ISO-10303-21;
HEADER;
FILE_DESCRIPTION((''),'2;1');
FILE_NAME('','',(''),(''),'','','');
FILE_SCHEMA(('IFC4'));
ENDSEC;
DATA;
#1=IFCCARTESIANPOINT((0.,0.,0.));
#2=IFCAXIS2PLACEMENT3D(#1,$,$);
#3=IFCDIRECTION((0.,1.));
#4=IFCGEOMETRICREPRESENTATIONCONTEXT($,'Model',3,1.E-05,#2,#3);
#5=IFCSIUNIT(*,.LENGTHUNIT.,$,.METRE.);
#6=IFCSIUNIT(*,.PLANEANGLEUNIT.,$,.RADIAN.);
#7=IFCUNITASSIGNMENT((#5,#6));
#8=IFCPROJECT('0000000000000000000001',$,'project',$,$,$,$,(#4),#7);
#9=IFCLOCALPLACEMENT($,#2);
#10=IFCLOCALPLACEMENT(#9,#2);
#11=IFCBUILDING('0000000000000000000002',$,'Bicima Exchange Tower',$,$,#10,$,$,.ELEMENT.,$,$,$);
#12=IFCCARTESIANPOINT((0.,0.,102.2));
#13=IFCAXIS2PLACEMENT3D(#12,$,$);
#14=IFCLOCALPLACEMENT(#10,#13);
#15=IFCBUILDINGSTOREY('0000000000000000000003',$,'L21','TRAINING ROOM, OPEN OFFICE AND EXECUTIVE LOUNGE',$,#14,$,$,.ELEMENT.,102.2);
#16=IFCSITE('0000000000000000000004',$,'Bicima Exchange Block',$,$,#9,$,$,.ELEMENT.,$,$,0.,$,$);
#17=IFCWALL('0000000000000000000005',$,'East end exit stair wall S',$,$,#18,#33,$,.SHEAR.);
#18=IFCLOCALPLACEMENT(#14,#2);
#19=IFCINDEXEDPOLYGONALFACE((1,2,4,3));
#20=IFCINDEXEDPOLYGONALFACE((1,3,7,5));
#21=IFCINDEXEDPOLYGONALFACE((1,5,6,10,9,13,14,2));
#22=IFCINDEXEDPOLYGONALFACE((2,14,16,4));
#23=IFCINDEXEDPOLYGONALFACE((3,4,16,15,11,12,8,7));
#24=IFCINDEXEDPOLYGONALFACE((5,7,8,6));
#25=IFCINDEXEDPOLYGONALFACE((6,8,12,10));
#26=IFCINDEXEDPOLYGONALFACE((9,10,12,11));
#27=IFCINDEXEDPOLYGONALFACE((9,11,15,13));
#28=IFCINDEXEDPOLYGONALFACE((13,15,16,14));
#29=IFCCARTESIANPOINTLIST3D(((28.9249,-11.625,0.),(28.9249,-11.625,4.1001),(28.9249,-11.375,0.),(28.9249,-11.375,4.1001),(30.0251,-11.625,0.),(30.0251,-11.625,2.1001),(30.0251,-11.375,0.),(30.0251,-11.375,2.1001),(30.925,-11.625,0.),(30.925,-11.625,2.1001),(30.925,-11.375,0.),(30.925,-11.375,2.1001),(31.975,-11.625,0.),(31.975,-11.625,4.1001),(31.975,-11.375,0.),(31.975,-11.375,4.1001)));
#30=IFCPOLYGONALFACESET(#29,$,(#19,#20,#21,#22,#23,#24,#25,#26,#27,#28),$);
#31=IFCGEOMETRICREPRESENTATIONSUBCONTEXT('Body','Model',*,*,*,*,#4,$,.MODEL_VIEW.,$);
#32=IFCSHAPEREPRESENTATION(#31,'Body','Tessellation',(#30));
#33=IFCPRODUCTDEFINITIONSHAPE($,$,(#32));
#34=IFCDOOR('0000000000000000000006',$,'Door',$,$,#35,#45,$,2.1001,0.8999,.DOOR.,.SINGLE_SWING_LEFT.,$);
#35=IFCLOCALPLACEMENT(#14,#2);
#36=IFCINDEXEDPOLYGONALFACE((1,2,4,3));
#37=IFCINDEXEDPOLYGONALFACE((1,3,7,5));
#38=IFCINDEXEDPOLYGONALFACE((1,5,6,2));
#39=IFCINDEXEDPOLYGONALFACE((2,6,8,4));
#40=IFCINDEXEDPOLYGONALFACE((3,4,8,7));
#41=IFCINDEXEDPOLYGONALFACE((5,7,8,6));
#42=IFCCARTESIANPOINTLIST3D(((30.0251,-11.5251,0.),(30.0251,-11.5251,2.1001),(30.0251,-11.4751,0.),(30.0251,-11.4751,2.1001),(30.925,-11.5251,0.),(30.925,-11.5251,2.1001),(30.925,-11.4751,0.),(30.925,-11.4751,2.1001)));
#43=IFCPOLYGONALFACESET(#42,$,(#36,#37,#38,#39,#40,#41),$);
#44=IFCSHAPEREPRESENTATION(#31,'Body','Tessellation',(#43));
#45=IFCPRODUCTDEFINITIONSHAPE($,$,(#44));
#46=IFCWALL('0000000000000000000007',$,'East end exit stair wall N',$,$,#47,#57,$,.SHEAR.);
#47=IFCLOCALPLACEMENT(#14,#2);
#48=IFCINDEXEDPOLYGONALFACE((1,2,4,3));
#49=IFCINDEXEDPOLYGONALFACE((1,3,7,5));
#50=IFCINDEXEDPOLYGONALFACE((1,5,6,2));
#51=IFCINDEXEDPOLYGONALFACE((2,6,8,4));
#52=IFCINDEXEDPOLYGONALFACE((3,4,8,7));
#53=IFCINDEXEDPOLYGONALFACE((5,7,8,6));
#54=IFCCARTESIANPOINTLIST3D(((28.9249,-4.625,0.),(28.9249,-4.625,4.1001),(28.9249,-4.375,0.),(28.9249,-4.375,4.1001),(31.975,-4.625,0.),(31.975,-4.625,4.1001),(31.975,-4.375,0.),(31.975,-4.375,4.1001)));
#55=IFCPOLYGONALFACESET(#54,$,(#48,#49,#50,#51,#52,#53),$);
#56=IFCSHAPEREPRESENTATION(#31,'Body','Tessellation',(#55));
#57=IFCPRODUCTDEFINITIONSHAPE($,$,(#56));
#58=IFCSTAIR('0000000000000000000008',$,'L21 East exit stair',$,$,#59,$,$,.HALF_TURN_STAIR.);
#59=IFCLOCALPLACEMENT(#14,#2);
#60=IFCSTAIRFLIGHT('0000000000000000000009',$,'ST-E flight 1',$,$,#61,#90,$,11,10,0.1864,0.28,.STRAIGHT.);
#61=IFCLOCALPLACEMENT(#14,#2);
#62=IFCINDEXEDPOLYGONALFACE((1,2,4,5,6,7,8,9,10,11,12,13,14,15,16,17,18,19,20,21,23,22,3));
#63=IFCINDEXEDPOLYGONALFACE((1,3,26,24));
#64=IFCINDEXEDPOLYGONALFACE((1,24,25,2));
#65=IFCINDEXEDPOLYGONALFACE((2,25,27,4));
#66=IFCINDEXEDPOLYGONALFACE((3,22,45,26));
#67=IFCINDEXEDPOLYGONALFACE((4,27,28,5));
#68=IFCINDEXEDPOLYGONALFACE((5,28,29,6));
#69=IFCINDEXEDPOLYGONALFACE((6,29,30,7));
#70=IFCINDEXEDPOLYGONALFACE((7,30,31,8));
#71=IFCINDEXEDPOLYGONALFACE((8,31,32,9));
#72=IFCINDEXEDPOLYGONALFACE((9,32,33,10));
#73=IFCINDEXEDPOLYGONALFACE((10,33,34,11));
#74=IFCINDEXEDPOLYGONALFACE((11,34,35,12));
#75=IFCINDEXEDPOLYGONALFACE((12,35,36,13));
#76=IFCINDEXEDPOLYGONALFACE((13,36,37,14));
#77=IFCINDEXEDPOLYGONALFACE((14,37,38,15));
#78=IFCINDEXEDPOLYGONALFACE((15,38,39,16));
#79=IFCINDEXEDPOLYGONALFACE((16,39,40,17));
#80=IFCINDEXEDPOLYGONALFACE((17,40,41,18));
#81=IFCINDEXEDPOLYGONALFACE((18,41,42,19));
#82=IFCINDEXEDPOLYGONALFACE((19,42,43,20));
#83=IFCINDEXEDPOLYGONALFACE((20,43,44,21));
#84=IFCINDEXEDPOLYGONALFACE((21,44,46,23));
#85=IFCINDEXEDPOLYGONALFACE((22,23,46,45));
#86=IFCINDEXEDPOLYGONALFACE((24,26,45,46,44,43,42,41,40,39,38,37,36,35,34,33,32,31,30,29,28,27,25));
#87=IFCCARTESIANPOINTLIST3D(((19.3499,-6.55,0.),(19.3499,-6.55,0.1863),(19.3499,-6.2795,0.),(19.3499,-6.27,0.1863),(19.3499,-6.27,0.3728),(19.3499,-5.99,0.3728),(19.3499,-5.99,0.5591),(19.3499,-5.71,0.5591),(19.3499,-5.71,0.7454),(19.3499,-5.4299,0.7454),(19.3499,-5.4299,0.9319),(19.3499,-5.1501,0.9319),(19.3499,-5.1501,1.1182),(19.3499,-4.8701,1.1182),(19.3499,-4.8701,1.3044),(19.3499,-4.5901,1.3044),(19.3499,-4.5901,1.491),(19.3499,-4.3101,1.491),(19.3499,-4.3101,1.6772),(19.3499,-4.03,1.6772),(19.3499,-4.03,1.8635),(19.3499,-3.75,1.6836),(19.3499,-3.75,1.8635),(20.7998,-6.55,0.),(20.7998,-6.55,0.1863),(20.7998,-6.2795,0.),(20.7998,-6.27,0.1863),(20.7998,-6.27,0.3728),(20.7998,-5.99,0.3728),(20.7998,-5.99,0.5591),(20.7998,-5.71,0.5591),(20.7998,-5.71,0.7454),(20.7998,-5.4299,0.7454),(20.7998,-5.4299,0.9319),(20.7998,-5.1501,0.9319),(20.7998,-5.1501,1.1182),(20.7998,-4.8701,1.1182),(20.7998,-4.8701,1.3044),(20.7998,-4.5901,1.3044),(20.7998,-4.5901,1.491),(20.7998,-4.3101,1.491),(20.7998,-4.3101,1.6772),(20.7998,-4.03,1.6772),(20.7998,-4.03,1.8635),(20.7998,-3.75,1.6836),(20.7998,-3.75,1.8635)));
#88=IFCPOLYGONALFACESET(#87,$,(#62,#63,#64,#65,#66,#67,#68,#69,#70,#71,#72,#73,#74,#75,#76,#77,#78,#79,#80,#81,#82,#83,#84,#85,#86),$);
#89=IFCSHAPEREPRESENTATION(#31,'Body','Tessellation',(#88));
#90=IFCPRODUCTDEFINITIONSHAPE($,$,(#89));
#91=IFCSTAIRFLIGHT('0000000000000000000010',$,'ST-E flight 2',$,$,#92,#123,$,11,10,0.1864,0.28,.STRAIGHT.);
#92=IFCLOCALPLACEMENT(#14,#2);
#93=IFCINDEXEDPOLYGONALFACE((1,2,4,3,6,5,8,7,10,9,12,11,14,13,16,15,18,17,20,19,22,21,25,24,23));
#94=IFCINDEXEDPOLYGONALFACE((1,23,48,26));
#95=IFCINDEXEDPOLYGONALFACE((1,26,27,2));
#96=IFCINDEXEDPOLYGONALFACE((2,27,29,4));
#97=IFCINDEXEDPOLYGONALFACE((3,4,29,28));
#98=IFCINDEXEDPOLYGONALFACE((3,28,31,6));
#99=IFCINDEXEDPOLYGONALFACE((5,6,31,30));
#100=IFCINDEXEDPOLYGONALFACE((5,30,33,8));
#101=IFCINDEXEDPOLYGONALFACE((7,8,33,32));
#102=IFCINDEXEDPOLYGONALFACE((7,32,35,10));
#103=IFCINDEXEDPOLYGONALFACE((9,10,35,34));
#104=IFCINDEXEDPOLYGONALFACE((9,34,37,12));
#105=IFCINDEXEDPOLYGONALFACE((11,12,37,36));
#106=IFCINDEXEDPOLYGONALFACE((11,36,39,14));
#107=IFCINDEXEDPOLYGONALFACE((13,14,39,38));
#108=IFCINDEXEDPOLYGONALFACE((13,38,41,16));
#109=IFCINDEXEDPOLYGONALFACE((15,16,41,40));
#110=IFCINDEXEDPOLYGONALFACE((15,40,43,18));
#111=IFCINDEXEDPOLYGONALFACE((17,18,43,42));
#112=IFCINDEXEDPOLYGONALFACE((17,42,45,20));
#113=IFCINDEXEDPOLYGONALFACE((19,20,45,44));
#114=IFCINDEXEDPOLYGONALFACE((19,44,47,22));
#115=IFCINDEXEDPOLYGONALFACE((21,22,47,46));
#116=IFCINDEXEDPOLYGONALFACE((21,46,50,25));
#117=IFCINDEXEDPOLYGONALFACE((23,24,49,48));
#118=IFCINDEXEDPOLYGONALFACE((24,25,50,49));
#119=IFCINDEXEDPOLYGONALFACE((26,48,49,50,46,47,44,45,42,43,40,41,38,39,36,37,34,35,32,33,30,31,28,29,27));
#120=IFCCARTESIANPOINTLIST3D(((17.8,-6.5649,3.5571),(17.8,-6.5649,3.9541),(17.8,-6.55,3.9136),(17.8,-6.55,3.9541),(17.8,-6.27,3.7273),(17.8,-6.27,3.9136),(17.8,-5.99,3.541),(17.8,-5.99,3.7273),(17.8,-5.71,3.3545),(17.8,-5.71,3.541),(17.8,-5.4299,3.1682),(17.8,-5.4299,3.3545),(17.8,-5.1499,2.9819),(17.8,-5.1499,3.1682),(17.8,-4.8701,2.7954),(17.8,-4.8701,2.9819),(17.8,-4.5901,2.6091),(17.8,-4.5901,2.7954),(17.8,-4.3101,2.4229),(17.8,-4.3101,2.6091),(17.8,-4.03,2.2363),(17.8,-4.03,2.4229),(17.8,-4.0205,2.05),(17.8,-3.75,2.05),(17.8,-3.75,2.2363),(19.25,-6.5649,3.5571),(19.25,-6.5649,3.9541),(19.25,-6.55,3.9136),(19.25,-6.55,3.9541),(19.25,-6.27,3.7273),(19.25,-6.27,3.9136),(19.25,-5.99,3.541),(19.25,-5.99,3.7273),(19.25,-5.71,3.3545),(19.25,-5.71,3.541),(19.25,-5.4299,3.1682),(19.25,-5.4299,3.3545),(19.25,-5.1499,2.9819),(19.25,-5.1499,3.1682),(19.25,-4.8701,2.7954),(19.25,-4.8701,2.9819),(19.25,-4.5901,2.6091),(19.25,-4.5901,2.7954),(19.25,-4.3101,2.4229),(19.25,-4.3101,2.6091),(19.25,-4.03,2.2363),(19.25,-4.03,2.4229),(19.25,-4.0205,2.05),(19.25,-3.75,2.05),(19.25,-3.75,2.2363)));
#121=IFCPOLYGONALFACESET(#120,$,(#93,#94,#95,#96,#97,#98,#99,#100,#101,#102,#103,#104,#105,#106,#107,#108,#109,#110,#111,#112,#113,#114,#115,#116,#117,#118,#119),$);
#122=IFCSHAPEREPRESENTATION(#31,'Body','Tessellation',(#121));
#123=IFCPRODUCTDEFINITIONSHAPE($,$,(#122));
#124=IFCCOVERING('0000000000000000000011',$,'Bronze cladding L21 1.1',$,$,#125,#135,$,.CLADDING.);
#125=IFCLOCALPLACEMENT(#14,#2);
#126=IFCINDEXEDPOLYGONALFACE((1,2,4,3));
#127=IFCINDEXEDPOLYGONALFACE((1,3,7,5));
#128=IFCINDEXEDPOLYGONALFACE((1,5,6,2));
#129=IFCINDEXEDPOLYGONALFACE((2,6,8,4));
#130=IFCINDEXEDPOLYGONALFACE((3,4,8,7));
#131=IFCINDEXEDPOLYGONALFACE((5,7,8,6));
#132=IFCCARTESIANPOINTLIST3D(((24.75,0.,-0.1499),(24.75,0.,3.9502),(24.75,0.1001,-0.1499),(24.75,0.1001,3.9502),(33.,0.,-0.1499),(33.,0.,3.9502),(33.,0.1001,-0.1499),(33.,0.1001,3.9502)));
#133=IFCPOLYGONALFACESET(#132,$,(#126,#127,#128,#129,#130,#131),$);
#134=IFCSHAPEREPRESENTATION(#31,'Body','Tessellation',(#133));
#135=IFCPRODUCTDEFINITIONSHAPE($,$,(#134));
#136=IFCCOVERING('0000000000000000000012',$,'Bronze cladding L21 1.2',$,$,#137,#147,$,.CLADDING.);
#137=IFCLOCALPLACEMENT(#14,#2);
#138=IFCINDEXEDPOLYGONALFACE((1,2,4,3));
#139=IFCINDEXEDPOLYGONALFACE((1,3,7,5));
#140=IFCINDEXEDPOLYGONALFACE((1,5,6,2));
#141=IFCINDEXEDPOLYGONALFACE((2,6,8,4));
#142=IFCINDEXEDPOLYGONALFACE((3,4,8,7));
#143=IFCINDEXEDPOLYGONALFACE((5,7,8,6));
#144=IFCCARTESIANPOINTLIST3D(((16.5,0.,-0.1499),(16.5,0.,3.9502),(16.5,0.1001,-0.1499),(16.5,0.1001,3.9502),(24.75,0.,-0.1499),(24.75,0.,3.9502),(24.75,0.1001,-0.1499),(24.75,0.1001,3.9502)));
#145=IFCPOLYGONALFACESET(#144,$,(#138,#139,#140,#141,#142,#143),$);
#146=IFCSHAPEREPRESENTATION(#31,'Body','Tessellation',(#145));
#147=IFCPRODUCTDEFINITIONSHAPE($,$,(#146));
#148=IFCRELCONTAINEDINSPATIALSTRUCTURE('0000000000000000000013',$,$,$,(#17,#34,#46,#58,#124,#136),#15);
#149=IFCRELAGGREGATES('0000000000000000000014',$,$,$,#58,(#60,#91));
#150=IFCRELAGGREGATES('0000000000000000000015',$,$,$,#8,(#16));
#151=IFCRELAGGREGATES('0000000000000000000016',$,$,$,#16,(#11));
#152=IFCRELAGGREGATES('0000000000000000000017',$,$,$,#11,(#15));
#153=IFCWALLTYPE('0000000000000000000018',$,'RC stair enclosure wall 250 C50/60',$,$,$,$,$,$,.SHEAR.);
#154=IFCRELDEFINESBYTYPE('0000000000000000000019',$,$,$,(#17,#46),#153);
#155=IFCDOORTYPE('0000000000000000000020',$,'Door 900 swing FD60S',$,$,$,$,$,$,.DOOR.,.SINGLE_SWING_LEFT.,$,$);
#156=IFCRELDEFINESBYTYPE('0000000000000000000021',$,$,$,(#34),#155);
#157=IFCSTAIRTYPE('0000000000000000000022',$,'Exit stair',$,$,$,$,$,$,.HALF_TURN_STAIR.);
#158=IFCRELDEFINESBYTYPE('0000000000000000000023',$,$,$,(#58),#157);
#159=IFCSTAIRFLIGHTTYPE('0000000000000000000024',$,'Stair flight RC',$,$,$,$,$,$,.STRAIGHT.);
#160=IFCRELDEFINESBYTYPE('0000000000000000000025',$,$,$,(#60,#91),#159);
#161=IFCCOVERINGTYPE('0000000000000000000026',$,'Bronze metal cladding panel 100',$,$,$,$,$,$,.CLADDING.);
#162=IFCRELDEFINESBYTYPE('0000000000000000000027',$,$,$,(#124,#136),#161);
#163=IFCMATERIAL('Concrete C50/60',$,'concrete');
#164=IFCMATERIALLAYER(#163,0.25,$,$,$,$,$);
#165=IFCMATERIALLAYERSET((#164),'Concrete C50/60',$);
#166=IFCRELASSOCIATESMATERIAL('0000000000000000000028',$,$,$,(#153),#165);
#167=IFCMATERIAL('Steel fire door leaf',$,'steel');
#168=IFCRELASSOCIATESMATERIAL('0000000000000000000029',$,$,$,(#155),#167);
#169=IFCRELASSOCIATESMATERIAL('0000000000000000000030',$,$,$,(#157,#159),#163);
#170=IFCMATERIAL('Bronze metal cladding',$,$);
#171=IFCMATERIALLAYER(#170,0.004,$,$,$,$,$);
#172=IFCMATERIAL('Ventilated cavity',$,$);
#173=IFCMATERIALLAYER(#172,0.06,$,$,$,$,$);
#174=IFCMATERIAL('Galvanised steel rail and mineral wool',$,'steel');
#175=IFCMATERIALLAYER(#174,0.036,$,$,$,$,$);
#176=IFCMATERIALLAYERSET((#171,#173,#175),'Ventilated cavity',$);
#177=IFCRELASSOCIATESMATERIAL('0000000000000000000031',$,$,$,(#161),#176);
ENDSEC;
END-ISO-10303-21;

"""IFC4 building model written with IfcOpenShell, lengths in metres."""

from ifc_helpers import new_model, si_unit, direction, frame, frame_2d, origin, origin_2d, place, context, subcontext, project, spatial, polyline, rectangle, outline, extrude, material, layer, layer_set, type_object, element, fill, aggregate, save


model = new_model("IFC4")

# Units and contexts
model_context = context("Model", 3, precision=1e-05, world=origin(), true_north=direction((0.0, 1.0)))
body_context = subcontext(model_context, "Body", "Model", "MODEL_VIEW")
ifc_project = project(units=[si_unit("LENGTHUNIT", "METRE"), si_unit("PLANEANGLEUNIT", "RADIAN")], contexts=[model_context])

# Site, building, storey
site_placement = place(None, origin())
site = spatial("IfcSite", under=ifc_project, at=site_placement, Name="Bicima Exchange Block", CompositionType="ELEMENT", RefElevation=0.0)
building_placement = place(site_placement, origin())
building = spatial("IfcBuilding", under=site, at=building_placement, Name="Bicima Exchange Tower", CompositionType="ELEMENT")
storey_placement = place(building_placement, frame((0.0, 0.0, 102.2)))
storey = spatial("IfcBuildingStorey", under=building, at=storey_placement, Name="L21", Description="TRAINING ROOM, OPEN OFFICE AND EXECUTIVE LOUNGE", CompositionType="ELEMENT", Elevation=102.2)

# Shared definitions
ifc_material_1 = material(Name="Steel fire door leaf", Category="steel")

# Shared definitions
ifc_material_2 = material(Name="Concrete C50/60", Category="concrete")
ifc_layer_1 = layer(ifc_material_2, 0.25)
ifc_layer_set_1 = layer_set([ifc_layer_1], Name="Concrete C50/60")
wall_type_1 = type_object("IfcWallType", Name="RC stair enclosure wall 250 C50/60", PredefinedType="SHEAR", material=ifc_layer_set_1)

# Wall, opening, door
wall_1_placement = place(storey_placement, frame((28.925, -11.5, 0.0), z_axis=(0.0, 0.0, 1.0), x_axis=(1.0, 0.0, 0.0)))
wall_1 = element("IfcWall", 1, at=wall_1_placement, inside=storey, type_object=wall_type_1, Name="East end exit stair wall S", PredefinedType="SHEAR", context=body_context, shape_type="SweptSolid", body=[
    extrude(rectangle(XDim=3.05, YDim=0.25, at=frame_2d((1.5249, 0.0))), origin(), (0.0, 0.0, 1.0), 4.1001),
])
opening_1_placement = place(wall_1_placement, frame((1.1001, 0.0, 0.0)))
opening_1 = element("IfcOpeningElement", 2, at=opening_1_placement, cuts=wall_1, PredefinedType="OPENING", context=body_context, shape_type="SweptSolid", body=[
    extrude(rectangle(XDim=0.8999, YDim=2.1001, at=frame_2d((0.45, 1.05))), frame((0.0, 0.137, 0.0), z_axis=(0.0, -1.0, 0.0), x_axis=(1.0, 0.0, 0.0)), (0.0, 0.0, 1.0), 0.2739),
])
door_type_1 = type_object("IfcDoorType", Name="Door 900 swing FD60S", OperationType="SINGLE_SWING_LEFT", PredefinedType="DOOR", material=ifc_material_1)
door_1_placement = place(opening_1_placement, origin())
door_1 = element("IfcDoor", 3, at=door_1_placement, inside=storey, type_object=door_type_1, Name="Door", OperationType="SINGLE_SWING_LEFT", OverallHeight=2.1001, OverallWidth=0.8999, PredefinedType="DOOR", context=body_context, shape_type="SweptSolid", body=[
    extrude(rectangle(XDim=0.8999, YDim=2.1001, at=frame_2d((0.45, 1.05))), frame((0.0, 0.0249, 0.0), z_axis=(0.0, -1.0, 0.0), x_axis=(1.0, 0.0, 0.0)), (0.0, 0.0, 1.0), 0.05),
])
fill(opening_1, door_1)

# Wall
wall_2_placement = place(storey_placement, frame((28.925, -4.5, 0.0), z_axis=(0.0, 0.0, 1.0), x_axis=(1.0, 0.0, 0.0)))
element("IfcWall", 4, at=wall_2_placement, inside=storey, type_object=wall_type_1, Name="East end exit stair wall N", PredefinedType="SHEAR", context=body_context, shape_type="SweptSolid", body=[
    extrude(rectangle(XDim=3.05, YDim=0.25, at=frame_2d((1.5249, 0.0))), origin(), (0.0, 0.0, 1.0), 4.1001),
])

# Stair, stair flights
stair_type = type_object("IfcStairType", Name="Exit stair", PredefinedType="HALF_TURN_STAIR", material=ifc_material_2)
stair_placement = place(storey_placement, origin())
stair = element("IfcStair", 5, at=stair_placement, inside=storey, type_object=stair_type, Name="L21 East exit stair", PredefinedType="HALF_TURN_STAIR")
stair_flight_type = type_object("IfcStairFlightType", Name="Stair flight RC", PredefinedType="STRAIGHT", material=ifc_material_2)
stair_flight_1_placement = place(storey_placement, frame((20.075, -6.55, 0.0), z_axis=(0.0, 0.0, 1.0), x_axis=(0.0, 1.0, 0.0)))
stair_flight_1 = element("IfcStairFlight", 6, at=stair_flight_1_placement, type_object=stair_flight_type, Name="ST-E flight 1", NumberOfRisers=11, NumberOfTreads=10, PredefinedType="STRAIGHT", RiserHeight=0.1864, TreadLength=0.28, context=body_context, shape_type="SweptSolid", body=[
    extrude(outline(polyline([(0.0, 0.0), (0.0, 0.1863), (0.28, 0.1863), (0.28, 0.3728), (0.5601, 0.3728), (0.5601, 0.5591), (0.8401, 0.5591), (0.8401, 0.7454), (1.1201, 0.7454), (1.1201, 0.9319), (1.3999, 0.9319), (1.3999, 1.1182), (1.6799, 1.1182), (1.6799, 1.3044), (1.96, 1.3044), (1.96, 1.491), (2.24, 1.491), (2.24, 1.6772), (2.52, 1.6772), (2.52, 1.8635), (2.8, 1.8635), (2.8, 2.05), (2.8, 1.6836), (0.2705, 0.0), (0.0, 0.0)])), frame((0.0, 0.7251, 0.0), z_axis=(0.0, -1.0, 0.0), x_axis=(1.0, 0.0, 0.0)), (0.0, 0.0, 1.0), 1.45),
])
stair_flight_2_placement = place(storey_placement, frame((18.5249, -3.75, 2.05), z_axis=(0.0, 0.0, 1.0), x_axis=(0.0, -1.0, 0.0)))
stair_flight_2 = element("IfcStairFlight", 7, at=stair_flight_2_placement, type_object=stair_flight_type, Name="ST-E flight 2", NumberOfRisers=11, NumberOfTreads=10, PredefinedType="STRAIGHT", RiserHeight=0.1864, TreadLength=0.28, context=body_context, shape_type="SweptSolid", body=[
    extrude(outline(polyline([(0.0, 0.0), (0.0, 0.1863), (0.28, 0.1863), (0.28, 0.3728), (0.5601, 0.3728), (0.5601, 0.5591), (0.8401, 0.5591), (0.8401, 0.7454), (1.1201, 0.7454), (1.1201, 0.9319), (1.3999, 0.9319), (1.3999, 1.1182), (1.6799, 1.1182), (1.6799, 1.3044), (1.96, 1.3044), (1.96, 1.491), (2.24, 1.491), (2.24, 1.6772), (2.52, 1.6772), (2.52, 1.8635), (2.8, 1.8635), (2.8, 1.9041), (2.8149, 1.9041), (2.8149, 1.5071), (0.2705, 0.0), (0.0, 0.0)])), frame((0.0, 0.7251, 0.0), z_axis=(0.0, -1.0, 0.0), x_axis=(1.0, 0.0, 0.0)), (0.0, 0.0, 1.0), 1.45),
])
aggregate(stair, [stair_flight_1, stair_flight_2])

# Coverings
ifc_material_3 = material(Name="Bronze metal cladding")
ifc_layer_2 = layer(ifc_material_3, 0.004)
ifc_material_4 = material(Name="Ventilated cavity")
ifc_layer_3 = layer(ifc_material_4, 0.06)
ifc_material_5 = material(Name="Galvanised steel rail and mineral wool", Category="steel")
ifc_layer_4 = layer(ifc_material_5, 0.036)
ifc_layer_set_2 = layer_set([ifc_layer_2, ifc_layer_3, ifc_layer_4], Name="Ventilated cavity")
covering_type = type_object("IfcCoveringType", Name="Bronze metal cladding panel 100", PredefinedType="CLADDING", material=ifc_layer_set_2)
for number, where, z_axis, x_axis, name in (
    (8, (28.875, 0.05, -0.1499), (0.0, 0.0, 1.0), (-1.0, 0.0, 0.0), "Bronze cladding L21 1.1"),
    (9, (20.625, 0.05, -0.1499), (0.0, 0.0, 1.0), (-1.0, 0.0, 0.0), "Bronze cladding L21 1.2"),
):
    element("IfcCovering", number, at=place(storey_placement, frame(where, z_axis=z_axis, x_axis=x_axis)), inside=storey, type_object=covering_type, Name=name, PredefinedType="CLADDING", context=body_context, shape_type="SweptSolid", body=[
        extrude(rectangle(XDim=8.25, YDim=0.1001, at=origin_2d()), origin(), (0.0, 0.0, 1.0), 4.1001),
    ])

save(model, "model.ifc")
